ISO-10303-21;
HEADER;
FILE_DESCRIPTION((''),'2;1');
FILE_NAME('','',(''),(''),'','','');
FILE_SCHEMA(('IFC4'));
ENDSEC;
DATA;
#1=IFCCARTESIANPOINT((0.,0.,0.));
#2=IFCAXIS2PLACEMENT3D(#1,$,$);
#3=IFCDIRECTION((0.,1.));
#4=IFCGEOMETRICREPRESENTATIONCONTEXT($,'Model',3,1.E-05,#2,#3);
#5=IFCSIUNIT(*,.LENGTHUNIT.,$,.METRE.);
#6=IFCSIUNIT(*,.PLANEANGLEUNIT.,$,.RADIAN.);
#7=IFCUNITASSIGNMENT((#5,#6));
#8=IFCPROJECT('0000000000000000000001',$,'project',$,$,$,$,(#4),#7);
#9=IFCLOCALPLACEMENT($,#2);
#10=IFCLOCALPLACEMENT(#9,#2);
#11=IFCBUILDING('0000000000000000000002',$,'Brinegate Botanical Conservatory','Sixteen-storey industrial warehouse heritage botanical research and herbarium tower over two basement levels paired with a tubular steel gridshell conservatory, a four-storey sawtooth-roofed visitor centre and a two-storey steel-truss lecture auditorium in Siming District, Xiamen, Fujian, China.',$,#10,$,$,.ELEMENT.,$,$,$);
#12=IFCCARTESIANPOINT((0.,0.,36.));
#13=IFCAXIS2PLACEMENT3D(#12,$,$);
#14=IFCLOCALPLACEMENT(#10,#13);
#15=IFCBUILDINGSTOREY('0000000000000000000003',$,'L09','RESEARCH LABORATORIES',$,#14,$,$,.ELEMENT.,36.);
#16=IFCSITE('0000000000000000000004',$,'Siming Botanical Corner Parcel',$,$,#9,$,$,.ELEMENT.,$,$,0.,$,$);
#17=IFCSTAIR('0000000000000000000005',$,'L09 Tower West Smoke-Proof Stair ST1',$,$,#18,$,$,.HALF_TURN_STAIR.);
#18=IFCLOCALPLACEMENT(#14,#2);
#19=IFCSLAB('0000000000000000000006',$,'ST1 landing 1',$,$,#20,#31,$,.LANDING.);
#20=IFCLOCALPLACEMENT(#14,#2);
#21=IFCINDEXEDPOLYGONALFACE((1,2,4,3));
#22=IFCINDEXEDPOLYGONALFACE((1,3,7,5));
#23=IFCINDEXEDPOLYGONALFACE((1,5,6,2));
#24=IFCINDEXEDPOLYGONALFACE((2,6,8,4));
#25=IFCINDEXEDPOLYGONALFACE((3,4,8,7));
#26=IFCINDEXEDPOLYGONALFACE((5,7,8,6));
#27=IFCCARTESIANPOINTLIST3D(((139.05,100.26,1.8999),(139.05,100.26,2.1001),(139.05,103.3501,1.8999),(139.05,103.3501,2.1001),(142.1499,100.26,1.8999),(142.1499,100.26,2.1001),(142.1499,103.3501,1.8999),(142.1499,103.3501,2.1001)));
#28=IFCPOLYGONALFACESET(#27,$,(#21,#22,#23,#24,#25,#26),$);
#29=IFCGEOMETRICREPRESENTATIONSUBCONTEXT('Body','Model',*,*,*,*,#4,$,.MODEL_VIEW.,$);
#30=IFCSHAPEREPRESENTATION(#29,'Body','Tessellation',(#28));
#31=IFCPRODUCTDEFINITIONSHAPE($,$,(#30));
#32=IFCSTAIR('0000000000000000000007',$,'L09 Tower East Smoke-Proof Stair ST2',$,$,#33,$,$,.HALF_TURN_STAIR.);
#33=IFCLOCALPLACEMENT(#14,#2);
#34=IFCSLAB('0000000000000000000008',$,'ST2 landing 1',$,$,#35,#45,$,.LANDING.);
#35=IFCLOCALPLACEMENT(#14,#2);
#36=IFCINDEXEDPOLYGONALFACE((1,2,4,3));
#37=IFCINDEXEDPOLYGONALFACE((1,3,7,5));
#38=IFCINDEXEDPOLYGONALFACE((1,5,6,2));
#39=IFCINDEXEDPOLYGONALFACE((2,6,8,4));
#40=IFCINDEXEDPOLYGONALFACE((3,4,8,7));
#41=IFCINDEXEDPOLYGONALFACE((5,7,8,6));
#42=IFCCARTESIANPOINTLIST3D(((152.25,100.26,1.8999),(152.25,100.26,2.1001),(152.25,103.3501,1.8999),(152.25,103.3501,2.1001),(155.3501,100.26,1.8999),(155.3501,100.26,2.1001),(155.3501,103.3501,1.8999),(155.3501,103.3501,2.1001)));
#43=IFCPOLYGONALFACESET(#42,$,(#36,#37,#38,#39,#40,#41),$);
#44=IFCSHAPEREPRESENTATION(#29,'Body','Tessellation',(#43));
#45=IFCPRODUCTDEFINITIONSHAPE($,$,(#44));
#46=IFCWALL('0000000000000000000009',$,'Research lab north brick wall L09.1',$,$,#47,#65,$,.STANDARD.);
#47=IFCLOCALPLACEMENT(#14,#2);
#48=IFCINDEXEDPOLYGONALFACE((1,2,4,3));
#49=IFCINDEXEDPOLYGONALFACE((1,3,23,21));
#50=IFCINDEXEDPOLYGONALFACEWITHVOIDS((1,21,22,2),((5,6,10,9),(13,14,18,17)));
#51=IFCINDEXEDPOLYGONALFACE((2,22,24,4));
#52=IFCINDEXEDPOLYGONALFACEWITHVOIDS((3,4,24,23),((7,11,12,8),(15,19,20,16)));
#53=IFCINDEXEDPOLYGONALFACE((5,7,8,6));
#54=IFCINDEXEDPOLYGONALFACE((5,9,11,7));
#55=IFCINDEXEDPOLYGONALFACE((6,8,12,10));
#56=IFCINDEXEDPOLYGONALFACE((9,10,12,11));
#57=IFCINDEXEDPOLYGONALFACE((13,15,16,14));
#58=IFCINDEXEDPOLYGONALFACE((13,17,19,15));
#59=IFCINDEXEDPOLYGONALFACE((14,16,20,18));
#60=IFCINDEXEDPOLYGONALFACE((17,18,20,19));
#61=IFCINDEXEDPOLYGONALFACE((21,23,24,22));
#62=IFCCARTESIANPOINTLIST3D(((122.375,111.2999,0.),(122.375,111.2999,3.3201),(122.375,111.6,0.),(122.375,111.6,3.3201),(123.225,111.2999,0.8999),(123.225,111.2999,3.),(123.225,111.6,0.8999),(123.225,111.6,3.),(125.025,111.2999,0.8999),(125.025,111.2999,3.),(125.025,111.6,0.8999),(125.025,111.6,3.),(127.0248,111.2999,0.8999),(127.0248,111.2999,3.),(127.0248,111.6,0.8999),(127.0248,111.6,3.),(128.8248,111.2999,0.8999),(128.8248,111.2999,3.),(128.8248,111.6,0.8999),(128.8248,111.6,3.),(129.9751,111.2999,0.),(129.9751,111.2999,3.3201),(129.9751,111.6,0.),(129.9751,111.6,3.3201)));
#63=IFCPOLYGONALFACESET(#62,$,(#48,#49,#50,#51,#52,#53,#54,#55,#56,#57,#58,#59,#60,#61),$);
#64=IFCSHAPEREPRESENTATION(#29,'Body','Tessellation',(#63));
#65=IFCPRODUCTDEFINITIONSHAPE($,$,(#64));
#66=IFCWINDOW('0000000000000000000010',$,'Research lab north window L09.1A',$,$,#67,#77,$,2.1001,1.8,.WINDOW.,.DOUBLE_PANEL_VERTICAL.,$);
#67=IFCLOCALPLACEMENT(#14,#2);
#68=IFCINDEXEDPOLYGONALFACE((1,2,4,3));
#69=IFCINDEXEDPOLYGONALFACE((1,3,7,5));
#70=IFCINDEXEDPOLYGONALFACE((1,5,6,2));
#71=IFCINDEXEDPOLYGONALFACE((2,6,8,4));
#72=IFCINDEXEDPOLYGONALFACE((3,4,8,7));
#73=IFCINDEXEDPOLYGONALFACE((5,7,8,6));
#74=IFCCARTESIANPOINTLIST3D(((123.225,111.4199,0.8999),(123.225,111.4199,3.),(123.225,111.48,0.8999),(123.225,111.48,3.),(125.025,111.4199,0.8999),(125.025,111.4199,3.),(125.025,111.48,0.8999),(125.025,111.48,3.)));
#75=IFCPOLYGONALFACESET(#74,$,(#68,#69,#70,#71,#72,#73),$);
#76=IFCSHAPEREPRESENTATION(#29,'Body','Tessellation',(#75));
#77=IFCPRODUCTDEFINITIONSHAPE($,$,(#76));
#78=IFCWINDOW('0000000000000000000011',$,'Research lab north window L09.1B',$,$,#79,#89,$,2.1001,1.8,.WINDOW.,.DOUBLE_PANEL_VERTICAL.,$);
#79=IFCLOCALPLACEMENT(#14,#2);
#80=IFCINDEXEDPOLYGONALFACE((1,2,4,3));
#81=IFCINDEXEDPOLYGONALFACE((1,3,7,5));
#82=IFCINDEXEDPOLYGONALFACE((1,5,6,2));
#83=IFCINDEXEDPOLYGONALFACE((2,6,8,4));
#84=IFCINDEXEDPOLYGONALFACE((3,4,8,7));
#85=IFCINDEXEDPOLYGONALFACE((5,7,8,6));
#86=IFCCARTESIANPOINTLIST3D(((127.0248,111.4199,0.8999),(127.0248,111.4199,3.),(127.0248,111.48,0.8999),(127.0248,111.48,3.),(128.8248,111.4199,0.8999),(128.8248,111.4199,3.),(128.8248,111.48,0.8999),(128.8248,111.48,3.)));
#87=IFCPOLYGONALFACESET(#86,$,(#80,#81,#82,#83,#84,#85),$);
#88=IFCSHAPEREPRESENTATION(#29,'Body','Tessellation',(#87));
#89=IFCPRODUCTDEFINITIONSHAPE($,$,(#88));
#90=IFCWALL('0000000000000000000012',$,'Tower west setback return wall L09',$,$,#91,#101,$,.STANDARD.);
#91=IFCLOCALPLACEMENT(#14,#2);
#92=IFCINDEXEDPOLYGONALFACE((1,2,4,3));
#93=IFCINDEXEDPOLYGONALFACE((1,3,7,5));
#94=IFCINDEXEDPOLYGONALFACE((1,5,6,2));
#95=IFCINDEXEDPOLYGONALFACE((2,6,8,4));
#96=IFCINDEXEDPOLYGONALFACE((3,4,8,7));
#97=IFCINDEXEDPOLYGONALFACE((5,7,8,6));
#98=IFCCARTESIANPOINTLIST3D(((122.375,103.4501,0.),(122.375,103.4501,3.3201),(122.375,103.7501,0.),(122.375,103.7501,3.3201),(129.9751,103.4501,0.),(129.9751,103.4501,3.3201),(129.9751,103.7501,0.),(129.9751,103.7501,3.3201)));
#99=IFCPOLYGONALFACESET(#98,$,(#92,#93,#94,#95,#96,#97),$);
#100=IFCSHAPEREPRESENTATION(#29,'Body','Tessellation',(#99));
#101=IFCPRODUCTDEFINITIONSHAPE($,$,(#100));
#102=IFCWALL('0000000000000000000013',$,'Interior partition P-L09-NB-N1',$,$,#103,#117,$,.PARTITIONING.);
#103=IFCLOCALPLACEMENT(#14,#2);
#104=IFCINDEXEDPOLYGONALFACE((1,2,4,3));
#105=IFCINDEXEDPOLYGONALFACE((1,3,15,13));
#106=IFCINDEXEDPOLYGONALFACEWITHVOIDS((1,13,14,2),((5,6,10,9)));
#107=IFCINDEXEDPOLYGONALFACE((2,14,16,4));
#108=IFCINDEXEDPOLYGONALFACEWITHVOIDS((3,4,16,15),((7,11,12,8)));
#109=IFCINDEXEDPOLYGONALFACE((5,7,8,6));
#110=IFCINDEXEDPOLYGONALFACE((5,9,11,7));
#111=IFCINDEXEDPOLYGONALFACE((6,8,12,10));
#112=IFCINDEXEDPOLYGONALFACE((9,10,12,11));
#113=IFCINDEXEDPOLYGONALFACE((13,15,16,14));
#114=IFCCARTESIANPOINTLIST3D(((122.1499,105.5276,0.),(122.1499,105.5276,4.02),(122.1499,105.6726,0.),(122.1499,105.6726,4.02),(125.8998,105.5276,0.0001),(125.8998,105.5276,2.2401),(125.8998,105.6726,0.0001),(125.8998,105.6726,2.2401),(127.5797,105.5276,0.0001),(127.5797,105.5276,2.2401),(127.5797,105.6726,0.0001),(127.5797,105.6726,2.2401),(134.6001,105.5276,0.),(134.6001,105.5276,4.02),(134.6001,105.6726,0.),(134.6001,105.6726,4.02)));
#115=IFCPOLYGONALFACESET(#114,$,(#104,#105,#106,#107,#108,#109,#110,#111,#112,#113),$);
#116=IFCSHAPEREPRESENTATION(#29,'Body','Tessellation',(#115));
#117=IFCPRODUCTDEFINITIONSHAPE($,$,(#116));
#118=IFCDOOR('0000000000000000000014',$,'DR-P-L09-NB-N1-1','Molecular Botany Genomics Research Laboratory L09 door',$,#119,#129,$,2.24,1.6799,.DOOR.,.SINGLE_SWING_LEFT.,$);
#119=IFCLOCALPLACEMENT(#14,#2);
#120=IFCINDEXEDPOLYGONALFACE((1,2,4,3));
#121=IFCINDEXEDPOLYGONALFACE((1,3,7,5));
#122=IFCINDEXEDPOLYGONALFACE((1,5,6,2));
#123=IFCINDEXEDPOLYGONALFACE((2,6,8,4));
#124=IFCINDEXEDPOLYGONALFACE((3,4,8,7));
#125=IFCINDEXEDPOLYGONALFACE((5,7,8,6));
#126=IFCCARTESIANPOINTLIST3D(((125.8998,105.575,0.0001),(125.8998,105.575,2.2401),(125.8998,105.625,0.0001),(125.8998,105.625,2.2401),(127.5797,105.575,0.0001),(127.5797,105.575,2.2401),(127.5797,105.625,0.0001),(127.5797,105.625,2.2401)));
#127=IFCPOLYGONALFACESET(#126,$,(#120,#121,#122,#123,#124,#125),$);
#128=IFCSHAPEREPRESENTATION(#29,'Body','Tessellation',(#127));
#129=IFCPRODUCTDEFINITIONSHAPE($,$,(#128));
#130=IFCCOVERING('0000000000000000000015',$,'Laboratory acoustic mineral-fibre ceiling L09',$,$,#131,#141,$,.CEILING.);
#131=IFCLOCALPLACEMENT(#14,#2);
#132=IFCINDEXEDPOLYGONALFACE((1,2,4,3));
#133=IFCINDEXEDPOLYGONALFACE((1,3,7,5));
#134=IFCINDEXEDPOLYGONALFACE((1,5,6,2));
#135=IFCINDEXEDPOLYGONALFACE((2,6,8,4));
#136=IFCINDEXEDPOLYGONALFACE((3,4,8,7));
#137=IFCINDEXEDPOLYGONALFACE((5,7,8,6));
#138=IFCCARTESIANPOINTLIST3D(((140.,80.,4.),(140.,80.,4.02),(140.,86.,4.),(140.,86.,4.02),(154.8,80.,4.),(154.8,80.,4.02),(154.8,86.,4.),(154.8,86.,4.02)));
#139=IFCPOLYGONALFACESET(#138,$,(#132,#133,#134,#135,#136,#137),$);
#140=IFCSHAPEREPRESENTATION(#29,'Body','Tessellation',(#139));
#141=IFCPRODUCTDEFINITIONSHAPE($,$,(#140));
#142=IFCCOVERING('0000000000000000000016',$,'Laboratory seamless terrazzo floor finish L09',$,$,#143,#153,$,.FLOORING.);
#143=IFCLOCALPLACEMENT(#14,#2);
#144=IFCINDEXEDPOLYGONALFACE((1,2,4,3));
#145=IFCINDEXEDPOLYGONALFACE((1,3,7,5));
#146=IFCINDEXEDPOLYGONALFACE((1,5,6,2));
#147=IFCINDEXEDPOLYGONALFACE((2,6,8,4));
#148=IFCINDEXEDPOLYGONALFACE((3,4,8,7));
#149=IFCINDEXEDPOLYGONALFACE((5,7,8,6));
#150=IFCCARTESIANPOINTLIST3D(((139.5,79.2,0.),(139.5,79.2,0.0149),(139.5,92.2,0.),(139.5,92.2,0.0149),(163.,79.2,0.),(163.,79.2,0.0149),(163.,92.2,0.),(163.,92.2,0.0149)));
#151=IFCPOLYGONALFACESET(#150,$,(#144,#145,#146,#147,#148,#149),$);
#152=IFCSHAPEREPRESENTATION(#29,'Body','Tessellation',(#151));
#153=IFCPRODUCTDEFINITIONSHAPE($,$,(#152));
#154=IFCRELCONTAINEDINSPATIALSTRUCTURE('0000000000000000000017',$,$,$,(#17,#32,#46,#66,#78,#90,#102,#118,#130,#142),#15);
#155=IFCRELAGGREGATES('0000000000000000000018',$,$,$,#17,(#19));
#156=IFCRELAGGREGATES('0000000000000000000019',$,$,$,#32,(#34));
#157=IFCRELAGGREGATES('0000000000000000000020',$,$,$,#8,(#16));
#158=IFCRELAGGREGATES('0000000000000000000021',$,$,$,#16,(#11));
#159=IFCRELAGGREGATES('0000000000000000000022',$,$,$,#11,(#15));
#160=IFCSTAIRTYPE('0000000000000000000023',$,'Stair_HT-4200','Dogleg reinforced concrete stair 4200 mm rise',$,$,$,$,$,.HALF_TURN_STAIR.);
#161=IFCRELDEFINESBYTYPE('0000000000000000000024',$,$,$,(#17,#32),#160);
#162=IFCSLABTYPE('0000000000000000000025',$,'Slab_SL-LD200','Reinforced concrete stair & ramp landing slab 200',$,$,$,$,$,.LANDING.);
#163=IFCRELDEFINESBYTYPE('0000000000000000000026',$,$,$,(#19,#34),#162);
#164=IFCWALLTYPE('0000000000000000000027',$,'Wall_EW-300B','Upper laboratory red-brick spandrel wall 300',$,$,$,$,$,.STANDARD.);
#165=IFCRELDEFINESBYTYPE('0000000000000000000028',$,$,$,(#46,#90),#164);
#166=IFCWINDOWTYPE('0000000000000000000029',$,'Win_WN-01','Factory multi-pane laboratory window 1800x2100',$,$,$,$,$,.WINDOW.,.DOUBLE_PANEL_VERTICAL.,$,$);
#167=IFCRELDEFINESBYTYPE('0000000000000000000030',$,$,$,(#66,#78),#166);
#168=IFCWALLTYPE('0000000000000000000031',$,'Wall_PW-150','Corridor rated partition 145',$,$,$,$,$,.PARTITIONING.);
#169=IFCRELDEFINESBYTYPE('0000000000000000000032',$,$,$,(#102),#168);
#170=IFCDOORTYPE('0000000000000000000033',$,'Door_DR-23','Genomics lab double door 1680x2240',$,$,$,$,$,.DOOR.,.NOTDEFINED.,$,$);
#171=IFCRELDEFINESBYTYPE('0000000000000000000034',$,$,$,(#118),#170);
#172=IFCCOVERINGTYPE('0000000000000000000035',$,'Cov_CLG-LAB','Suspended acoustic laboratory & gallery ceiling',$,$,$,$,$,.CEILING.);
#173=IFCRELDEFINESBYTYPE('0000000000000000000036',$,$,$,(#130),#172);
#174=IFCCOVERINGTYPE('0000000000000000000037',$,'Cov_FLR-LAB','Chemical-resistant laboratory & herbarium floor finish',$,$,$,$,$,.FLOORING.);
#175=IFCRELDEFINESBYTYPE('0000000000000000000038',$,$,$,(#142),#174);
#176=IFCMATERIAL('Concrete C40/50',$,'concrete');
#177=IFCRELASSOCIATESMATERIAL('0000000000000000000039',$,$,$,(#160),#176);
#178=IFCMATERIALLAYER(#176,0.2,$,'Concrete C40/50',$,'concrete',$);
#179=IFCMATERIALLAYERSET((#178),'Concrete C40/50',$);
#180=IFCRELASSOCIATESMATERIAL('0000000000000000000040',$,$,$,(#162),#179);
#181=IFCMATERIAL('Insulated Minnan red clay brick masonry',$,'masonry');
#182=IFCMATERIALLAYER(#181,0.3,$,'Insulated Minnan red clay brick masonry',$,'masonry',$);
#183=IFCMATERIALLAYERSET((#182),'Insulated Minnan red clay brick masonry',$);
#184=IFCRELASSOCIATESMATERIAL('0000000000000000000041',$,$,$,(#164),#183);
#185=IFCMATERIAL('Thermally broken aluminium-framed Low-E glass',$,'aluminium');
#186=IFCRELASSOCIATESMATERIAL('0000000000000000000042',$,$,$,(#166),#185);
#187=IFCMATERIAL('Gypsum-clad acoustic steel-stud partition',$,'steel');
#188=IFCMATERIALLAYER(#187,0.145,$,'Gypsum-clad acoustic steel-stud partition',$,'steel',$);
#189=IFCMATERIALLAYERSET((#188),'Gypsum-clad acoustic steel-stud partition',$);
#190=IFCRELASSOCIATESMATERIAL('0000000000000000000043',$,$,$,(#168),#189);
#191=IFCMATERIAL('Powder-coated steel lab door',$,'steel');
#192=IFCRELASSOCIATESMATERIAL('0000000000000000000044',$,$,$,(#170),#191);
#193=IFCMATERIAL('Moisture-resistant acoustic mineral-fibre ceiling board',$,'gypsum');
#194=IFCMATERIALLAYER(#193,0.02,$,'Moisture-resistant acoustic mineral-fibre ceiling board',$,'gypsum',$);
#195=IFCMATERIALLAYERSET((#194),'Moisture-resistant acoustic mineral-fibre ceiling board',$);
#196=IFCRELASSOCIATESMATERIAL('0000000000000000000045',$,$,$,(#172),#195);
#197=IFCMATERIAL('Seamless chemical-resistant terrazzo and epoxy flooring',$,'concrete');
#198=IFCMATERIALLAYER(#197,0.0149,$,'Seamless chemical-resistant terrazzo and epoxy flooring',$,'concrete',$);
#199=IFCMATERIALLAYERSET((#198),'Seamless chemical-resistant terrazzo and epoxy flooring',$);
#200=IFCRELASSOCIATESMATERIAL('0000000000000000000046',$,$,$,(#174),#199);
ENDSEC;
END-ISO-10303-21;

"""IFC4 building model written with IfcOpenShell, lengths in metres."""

from ifc_helpers import new_model, si_unit, direction, frame, frame_2d, origin, place, context, subcontext, project, spatial, polyline, rectangle, outline, extrude, material, layer, layer_set, type_object, element, fill, aggregate, save


model = new_model("IFC4")

# Units and contexts
model_context = context("Model", 3, precision=1e-05, world=origin(), true_north=direction((0.0, 1.0)))
body_context = subcontext(model_context, "Body", "Model", "MODEL_VIEW")
ifc_project = project(units=[si_unit("LENGTHUNIT", "METRE"), si_unit("PLANEANGLEUNIT", "RADIAN")], contexts=[model_context])

# Site, building, storey
site_placement = place(None, origin())
site = spatial("IfcSite", under=ifc_project, at=site_placement, Name="Siming Botanical Corner Parcel", CompositionType="ELEMENT", RefElevation=0.0)
building_placement = place(site_placement, origin())
building = spatial("IfcBuilding", under=site, at=building_placement, Name="Brinegate Botanical Conservatory", Description="Sixteen-storey industrial warehouse heritage botanical research and herbarium tower over two basement levels paired with a tubular steel gridshell conservatory, a four-storey sawtooth-roofed visitor centre and a two-storey steel-truss lecture auditorium in Siming District, Xiamen, Fujian, China.", CompositionType="ELEMENT")
storey_placement = place(building_placement, frame((0.0, 0.0, 36.0)))
storey = spatial("IfcBuildingStorey", under=building, at=storey_placement, Name="L09", Description="RESEARCH LABORATORIES", CompositionType="ELEMENT", Elevation=36.0)

# Shared definitions
ifc_material_1 = material(Name="Concrete C40/50", Category="concrete")

# Stairs, slabs
stair_type = type_object("IfcStairType", Name="Stair_HT-4200", Description="Dogleg reinforced concrete stair 4200 mm rise", PredefinedType="HALF_TURN_STAIR", material=ifc_material_1)
stair_1_placement = place(storey_placement, origin())
stair_1 = element("IfcStair", 1, at=stair_1_placement, inside=storey, type_object=stair_type, Name="L09 Tower West Smoke-Proof Stair ST1", PredefinedType="HALF_TURN_STAIR")
ifc_layer_1 = layer(ifc_material_1, 0.2, Name="Concrete C40/50", Category="concrete")
ifc_layer_set_1 = layer_set([ifc_layer_1], Name="Concrete C40/50")
slab_type_1 = type_object("IfcSlabType", Name="Slab_SL-LD200", Description="Reinforced concrete stair & ramp landing slab 200", PredefinedType="LANDING", material=ifc_layer_set_1)
slab_1_placement = place(storey_placement, frame((0.0, 0.0, 1.8999)))
slab_1 = element("IfcSlab", 2, at=slab_1_placement, type_object=slab_type_1, Name="ST1 landing 1", PredefinedType="LANDING", context=body_context, shape_type="SweptSolid", body=[
    extrude(outline(polyline([(142.1499, 100.26), (142.1499, 103.3501), (139.05, 103.3501), (139.05, 100.26), (142.1499, 100.26)])), origin(), (0.0, 0.0, 1.0), 0.2002),
])
aggregate(stair_1, [slab_1])
stair_2_placement = place(storey_placement, origin())
stair_2 = element("IfcStair", 3, at=stair_2_placement, inside=storey, type_object=stair_type, Name="L09 Tower East Smoke-Proof Stair ST2", PredefinedType="HALF_TURN_STAIR")
slab_2_placement = place(storey_placement, frame((0.0, 0.0, 1.8999)))
slab_2 = element("IfcSlab", 4, at=slab_2_placement, type_object=slab_type_1, Name="ST2 landing 1", PredefinedType="LANDING", context=body_context, shape_type="SweptSolid", body=[
    extrude(outline(polyline([(155.3501, 100.26), (155.3501, 103.3501), (152.25, 103.3501), (152.25, 100.26), (155.3501, 100.26)])), origin(), (0.0, 0.0, 1.0), 0.2002),
])
aggregate(stair_2, [slab_2])

# Wall, openings, windows
ifc_material_2 = material(Name="Insulated Minnan red clay brick masonry", Category="masonry")
ifc_layer_2 = layer(ifc_material_2, 0.3, Name="Insulated Minnan red clay brick masonry", Category="masonry")
ifc_layer_set_2 = layer_set([ifc_layer_2], Name="Insulated Minnan red clay brick masonry")
wall_type_1 = type_object("IfcWallType", Name="Wall_EW-300B", Description="Upper laboratory red-brick spandrel wall 300", PredefinedType="STANDARD", material=ifc_layer_set_2)
wall_1_placement = place(storey_placement, frame((122.375, 111.45, 0.0), z_axis=(0.0, 0.0, 1.0), x_axis=(1.0, 0.0, 0.0)))
wall_1 = element("IfcWall", 5, at=wall_1_placement, inside=storey, type_object=wall_type_1, Name="Research lab north brick wall L09.1", PredefinedType="STANDARD", context=body_context, shape_type="SweptSolid", body=[
    extrude(rectangle(XDim=7.6001, YDim=0.3, at=frame_2d((3.8, 0.0))), origin(), (0.0, 0.0, 1.0), 3.3201),
])
opening_1_placement = place(wall_1_placement, frame((0.8501, 0.0, 0.8999)))
opening_1 = element("IfcOpeningElement", 6, at=opening_1_placement, cuts=wall_1, PredefinedType="OPENING", context=body_context, shape_type="SweptSolid", body=[
    extrude(rectangle(XDim=1.8, YDim=2.1001, at=frame_2d((0.8999, 1.05))), frame((0.0, 0.1599, 0.0), z_axis=(0.0, -1.0, 0.0), x_axis=(1.0, 0.0, 0.0)), (0.0, 0.0, 1.0), 0.3201),
])
opening_2_placement = place(wall_1_placement, frame((4.6499, 0.0, 0.8999)))
opening_2 = element("IfcOpeningElement", 7, at=opening_2_placement, cuts=wall_1, PredefinedType="OPENING", context=body_context, shape_type="SweptSolid", body=[
    extrude(rectangle(XDim=1.8, YDim=2.1001, at=frame_2d((0.8999, 1.05))), frame((0.0, 0.1599, 0.0), z_axis=(0.0, -1.0, 0.0), x_axis=(1.0, 0.0, 0.0)), (0.0, 0.0, 1.0), 0.3201),
])
ifc_material_3 = material(Name="Thermally broken aluminium-framed Low-E glass", Category="aluminium")
window_type = type_object("IfcWindowType", Name="Win_WN-01", Description="Factory multi-pane laboratory window 1800x2100", PartitioningType="DOUBLE_PANEL_VERTICAL", PredefinedType="WINDOW", material=ifc_material_3)
window_1_placement = place(opening_1_placement, origin())
window_1 = element("IfcWindow", 8, at=window_1_placement, inside=storey, type_object=window_type, Name="Research lab north window L09.1A", OverallHeight=2.1001, OverallWidth=1.8, PartitioningType="DOUBLE_PANEL_VERTICAL", PredefinedType="WINDOW", context=body_context, shape_type="SweptSolid", body=[
    extrude(rectangle(XDim=1.8, YDim=2.1001, at=frame_2d((0.8999, 1.05))), frame((0.0, 0.03, 0.0), z_axis=(0.0, -1.0, 0.0), x_axis=(1.0, 0.0, 0.0)), (0.0, 0.0, 1.0), 0.0601),
])
fill(opening_1, window_1)
window_2_placement = place(opening_2_placement, origin())
window_2 = element("IfcWindow", 9, at=window_2_placement, inside=storey, type_object=window_type, Name="Research lab north window L09.1B", OverallHeight=2.1001, OverallWidth=1.8, PartitioningType="DOUBLE_PANEL_VERTICAL", PredefinedType="WINDOW", context=body_context, shape_type="SweptSolid", body=[
    extrude(rectangle(XDim=1.8, YDim=2.1001, at=frame_2d((0.8999, 1.05))), frame((0.0, 0.03, 0.0), z_axis=(0.0, -1.0, 0.0), x_axis=(1.0, 0.0, 0.0)), (0.0, 0.0, 1.0), 0.0601),
])
fill(opening_2, window_2)

# Wall
wall_2_placement = place(storey_placement, frame((129.9751, 103.6001, 0.0), z_axis=(0.0, 0.0, 1.0), x_axis=(-1.0, 0.0, 0.0)))
element("IfcWall", 10, at=wall_2_placement, inside=storey, type_object=wall_type_1, Name="Tower west setback return wall L09", PredefinedType="STANDARD", context=body_context, shape_type="SweptSolid", body=[
    extrude(rectangle(XDim=7.6001, YDim=0.3, at=frame_2d((3.8, 0.0))), origin(), (0.0, 0.0, 1.0), 3.3201),
])

# Wall, opening, door
ifc_material_4 = material(Name="Gypsum-clad acoustic steel-stud partition", Category="steel")
ifc_layer_3 = layer(ifc_material_4, 0.145, Name="Gypsum-clad acoustic steel-stud partition", Category="steel")
ifc_layer_set_3 = layer_set([ifc_layer_3], Name="Gypsum-clad acoustic steel-stud partition")
wall_type_2 = type_object("IfcWallType", Name="Wall_PW-150", Description="Corridor rated partition 145", PredefinedType="PARTITIONING", material=ifc_layer_set_3)
wall_3_placement = place(storey_placement, frame((122.1499, 105.6001, 0.0), z_axis=(0.0, 0.0, 1.0), x_axis=(1.0, 0.0, 0.0)))
wall_3 = element("IfcWall", 11, at=wall_3_placement, inside=storey, type_object=wall_type_2, Name="Interior partition P-L09-NB-N1", PredefinedType="PARTITIONING", context=body_context, shape_type="SweptSolid", body=[
    extrude(rectangle(XDim=12.4502, YDim=0.145, at=frame_2d((6.2251, 0.0))), origin(), (0.0, 0.0, 1.0), 4.02),
])
opening_3_placement = place(wall_3_placement, frame((3.75, 0.0, 0.0)))
opening_3 = element("IfcOpeningElement", 12, at=opening_3_placement, cuts=wall_3, PredefinedType="OPENING", context=body_context, shape_type="SweptSolid", body=[
    extrude(rectangle(XDim=1.6799, YDim=2.24, at=frame_2d((0.8398, 1.1201))), frame((0.0, 0.0825, 0.0), z_axis=(0.0, -1.0, 0.0), x_axis=(1.0, 0.0, 0.0)), (0.0, 0.0, 1.0), 0.165),
])
ifc_material_5 = material(Name="Powder-coated steel lab door", Category="steel")
door_type = type_object("IfcDoorType", Name="Door_DR-23", Description="Genomics lab double door 1680x2240", OperationType="NOTDEFINED", PredefinedType="DOOR", material=ifc_material_5)
door_placement = place(opening_3_placement, origin())
door = element("IfcDoor", 13, at=door_placement, inside=storey, type_object=door_type, Name="DR-P-L09-NB-N1-1", Description="Molecular Botany Genomics Research Laboratory L09 door", OperationType="SINGLE_SWING_LEFT", OverallHeight=2.24, OverallWidth=1.6799, PredefinedType="DOOR", context=body_context, shape_type="SweptSolid", body=[
    extrude(rectangle(XDim=1.6799, YDim=2.24, at=frame_2d((0.8398, 1.1201))), frame((0.0, 0.0249, 0.0), z_axis=(0.0, -1.0, 0.0), x_axis=(1.0, 0.0, 0.0)), (0.0, 0.0, 1.0), 0.05),
])
fill(opening_3, door)

# Coverings
ifc_material_6 = material(Name="Moisture-resistant acoustic mineral-fibre ceiling board", Category="gypsum")
ifc_layer_4 = layer(ifc_material_6, 0.02, Name="Moisture-resistant acoustic mineral-fibre ceiling board", Category="gypsum")
ifc_layer_set_4 = layer_set([ifc_layer_4], Name="Moisture-resistant acoustic mineral-fibre ceiling board")
covering_type_1 = type_object("IfcCoveringType", Name="Cov_CLG-LAB", Description="Suspended acoustic laboratory & gallery ceiling", PredefinedType="CEILING", material=ifc_layer_set_4)
covering_1_placement = place(storey_placement, frame((0.0, 0.0, 4.0)))
element("IfcCovering", 14, at=covering_1_placement, inside=storey, type_object=covering_type_1, Name="Laboratory acoustic mineral-fibre ceiling L09", PredefinedType="CEILING", context=body_context, shape_type="SweptSolid", body=[
    extrude(outline(polyline([(140.0, 80.0), (154.8, 80.0), (154.8, 86.0), (140.0, 86.0), (140.0, 80.0)])), origin(), (0.0, 0.0, 1.0), 0.02),
])
ifc_material_7 = material(Name="Seamless chemical-resistant terrazzo and epoxy flooring", Category="concrete")
ifc_layer_5 = layer(ifc_material_7, 0.0149, Name="Seamless chemical-resistant terrazzo and epoxy flooring", Category="concrete")
ifc_layer_set_5 = layer_set([ifc_layer_5], Name="Seamless chemical-resistant terrazzo and epoxy flooring")
covering_type_2 = type_object("IfcCoveringType", Name="Cov_FLR-LAB", Description="Chemical-resistant laboratory & herbarium floor finish", PredefinedType="FLOORING", material=ifc_layer_set_5)
covering_2_placement = place(storey_placement, origin())
element("IfcCovering", 15, at=covering_2_placement, inside=storey, type_object=covering_type_2, Name="Laboratory seamless terrazzo floor finish L09", PredefinedType="FLOORING", context=body_context, shape_type="SweptSolid", body=[
    extrude(outline(polyline([(139.5, 79.2), (163.0, 79.2), (163.0, 92.2), (139.5, 92.2), (139.5, 79.2)])), origin(), (0.0, 0.0, 1.0), 0.0149),
])

save(model, "model.ifc")
